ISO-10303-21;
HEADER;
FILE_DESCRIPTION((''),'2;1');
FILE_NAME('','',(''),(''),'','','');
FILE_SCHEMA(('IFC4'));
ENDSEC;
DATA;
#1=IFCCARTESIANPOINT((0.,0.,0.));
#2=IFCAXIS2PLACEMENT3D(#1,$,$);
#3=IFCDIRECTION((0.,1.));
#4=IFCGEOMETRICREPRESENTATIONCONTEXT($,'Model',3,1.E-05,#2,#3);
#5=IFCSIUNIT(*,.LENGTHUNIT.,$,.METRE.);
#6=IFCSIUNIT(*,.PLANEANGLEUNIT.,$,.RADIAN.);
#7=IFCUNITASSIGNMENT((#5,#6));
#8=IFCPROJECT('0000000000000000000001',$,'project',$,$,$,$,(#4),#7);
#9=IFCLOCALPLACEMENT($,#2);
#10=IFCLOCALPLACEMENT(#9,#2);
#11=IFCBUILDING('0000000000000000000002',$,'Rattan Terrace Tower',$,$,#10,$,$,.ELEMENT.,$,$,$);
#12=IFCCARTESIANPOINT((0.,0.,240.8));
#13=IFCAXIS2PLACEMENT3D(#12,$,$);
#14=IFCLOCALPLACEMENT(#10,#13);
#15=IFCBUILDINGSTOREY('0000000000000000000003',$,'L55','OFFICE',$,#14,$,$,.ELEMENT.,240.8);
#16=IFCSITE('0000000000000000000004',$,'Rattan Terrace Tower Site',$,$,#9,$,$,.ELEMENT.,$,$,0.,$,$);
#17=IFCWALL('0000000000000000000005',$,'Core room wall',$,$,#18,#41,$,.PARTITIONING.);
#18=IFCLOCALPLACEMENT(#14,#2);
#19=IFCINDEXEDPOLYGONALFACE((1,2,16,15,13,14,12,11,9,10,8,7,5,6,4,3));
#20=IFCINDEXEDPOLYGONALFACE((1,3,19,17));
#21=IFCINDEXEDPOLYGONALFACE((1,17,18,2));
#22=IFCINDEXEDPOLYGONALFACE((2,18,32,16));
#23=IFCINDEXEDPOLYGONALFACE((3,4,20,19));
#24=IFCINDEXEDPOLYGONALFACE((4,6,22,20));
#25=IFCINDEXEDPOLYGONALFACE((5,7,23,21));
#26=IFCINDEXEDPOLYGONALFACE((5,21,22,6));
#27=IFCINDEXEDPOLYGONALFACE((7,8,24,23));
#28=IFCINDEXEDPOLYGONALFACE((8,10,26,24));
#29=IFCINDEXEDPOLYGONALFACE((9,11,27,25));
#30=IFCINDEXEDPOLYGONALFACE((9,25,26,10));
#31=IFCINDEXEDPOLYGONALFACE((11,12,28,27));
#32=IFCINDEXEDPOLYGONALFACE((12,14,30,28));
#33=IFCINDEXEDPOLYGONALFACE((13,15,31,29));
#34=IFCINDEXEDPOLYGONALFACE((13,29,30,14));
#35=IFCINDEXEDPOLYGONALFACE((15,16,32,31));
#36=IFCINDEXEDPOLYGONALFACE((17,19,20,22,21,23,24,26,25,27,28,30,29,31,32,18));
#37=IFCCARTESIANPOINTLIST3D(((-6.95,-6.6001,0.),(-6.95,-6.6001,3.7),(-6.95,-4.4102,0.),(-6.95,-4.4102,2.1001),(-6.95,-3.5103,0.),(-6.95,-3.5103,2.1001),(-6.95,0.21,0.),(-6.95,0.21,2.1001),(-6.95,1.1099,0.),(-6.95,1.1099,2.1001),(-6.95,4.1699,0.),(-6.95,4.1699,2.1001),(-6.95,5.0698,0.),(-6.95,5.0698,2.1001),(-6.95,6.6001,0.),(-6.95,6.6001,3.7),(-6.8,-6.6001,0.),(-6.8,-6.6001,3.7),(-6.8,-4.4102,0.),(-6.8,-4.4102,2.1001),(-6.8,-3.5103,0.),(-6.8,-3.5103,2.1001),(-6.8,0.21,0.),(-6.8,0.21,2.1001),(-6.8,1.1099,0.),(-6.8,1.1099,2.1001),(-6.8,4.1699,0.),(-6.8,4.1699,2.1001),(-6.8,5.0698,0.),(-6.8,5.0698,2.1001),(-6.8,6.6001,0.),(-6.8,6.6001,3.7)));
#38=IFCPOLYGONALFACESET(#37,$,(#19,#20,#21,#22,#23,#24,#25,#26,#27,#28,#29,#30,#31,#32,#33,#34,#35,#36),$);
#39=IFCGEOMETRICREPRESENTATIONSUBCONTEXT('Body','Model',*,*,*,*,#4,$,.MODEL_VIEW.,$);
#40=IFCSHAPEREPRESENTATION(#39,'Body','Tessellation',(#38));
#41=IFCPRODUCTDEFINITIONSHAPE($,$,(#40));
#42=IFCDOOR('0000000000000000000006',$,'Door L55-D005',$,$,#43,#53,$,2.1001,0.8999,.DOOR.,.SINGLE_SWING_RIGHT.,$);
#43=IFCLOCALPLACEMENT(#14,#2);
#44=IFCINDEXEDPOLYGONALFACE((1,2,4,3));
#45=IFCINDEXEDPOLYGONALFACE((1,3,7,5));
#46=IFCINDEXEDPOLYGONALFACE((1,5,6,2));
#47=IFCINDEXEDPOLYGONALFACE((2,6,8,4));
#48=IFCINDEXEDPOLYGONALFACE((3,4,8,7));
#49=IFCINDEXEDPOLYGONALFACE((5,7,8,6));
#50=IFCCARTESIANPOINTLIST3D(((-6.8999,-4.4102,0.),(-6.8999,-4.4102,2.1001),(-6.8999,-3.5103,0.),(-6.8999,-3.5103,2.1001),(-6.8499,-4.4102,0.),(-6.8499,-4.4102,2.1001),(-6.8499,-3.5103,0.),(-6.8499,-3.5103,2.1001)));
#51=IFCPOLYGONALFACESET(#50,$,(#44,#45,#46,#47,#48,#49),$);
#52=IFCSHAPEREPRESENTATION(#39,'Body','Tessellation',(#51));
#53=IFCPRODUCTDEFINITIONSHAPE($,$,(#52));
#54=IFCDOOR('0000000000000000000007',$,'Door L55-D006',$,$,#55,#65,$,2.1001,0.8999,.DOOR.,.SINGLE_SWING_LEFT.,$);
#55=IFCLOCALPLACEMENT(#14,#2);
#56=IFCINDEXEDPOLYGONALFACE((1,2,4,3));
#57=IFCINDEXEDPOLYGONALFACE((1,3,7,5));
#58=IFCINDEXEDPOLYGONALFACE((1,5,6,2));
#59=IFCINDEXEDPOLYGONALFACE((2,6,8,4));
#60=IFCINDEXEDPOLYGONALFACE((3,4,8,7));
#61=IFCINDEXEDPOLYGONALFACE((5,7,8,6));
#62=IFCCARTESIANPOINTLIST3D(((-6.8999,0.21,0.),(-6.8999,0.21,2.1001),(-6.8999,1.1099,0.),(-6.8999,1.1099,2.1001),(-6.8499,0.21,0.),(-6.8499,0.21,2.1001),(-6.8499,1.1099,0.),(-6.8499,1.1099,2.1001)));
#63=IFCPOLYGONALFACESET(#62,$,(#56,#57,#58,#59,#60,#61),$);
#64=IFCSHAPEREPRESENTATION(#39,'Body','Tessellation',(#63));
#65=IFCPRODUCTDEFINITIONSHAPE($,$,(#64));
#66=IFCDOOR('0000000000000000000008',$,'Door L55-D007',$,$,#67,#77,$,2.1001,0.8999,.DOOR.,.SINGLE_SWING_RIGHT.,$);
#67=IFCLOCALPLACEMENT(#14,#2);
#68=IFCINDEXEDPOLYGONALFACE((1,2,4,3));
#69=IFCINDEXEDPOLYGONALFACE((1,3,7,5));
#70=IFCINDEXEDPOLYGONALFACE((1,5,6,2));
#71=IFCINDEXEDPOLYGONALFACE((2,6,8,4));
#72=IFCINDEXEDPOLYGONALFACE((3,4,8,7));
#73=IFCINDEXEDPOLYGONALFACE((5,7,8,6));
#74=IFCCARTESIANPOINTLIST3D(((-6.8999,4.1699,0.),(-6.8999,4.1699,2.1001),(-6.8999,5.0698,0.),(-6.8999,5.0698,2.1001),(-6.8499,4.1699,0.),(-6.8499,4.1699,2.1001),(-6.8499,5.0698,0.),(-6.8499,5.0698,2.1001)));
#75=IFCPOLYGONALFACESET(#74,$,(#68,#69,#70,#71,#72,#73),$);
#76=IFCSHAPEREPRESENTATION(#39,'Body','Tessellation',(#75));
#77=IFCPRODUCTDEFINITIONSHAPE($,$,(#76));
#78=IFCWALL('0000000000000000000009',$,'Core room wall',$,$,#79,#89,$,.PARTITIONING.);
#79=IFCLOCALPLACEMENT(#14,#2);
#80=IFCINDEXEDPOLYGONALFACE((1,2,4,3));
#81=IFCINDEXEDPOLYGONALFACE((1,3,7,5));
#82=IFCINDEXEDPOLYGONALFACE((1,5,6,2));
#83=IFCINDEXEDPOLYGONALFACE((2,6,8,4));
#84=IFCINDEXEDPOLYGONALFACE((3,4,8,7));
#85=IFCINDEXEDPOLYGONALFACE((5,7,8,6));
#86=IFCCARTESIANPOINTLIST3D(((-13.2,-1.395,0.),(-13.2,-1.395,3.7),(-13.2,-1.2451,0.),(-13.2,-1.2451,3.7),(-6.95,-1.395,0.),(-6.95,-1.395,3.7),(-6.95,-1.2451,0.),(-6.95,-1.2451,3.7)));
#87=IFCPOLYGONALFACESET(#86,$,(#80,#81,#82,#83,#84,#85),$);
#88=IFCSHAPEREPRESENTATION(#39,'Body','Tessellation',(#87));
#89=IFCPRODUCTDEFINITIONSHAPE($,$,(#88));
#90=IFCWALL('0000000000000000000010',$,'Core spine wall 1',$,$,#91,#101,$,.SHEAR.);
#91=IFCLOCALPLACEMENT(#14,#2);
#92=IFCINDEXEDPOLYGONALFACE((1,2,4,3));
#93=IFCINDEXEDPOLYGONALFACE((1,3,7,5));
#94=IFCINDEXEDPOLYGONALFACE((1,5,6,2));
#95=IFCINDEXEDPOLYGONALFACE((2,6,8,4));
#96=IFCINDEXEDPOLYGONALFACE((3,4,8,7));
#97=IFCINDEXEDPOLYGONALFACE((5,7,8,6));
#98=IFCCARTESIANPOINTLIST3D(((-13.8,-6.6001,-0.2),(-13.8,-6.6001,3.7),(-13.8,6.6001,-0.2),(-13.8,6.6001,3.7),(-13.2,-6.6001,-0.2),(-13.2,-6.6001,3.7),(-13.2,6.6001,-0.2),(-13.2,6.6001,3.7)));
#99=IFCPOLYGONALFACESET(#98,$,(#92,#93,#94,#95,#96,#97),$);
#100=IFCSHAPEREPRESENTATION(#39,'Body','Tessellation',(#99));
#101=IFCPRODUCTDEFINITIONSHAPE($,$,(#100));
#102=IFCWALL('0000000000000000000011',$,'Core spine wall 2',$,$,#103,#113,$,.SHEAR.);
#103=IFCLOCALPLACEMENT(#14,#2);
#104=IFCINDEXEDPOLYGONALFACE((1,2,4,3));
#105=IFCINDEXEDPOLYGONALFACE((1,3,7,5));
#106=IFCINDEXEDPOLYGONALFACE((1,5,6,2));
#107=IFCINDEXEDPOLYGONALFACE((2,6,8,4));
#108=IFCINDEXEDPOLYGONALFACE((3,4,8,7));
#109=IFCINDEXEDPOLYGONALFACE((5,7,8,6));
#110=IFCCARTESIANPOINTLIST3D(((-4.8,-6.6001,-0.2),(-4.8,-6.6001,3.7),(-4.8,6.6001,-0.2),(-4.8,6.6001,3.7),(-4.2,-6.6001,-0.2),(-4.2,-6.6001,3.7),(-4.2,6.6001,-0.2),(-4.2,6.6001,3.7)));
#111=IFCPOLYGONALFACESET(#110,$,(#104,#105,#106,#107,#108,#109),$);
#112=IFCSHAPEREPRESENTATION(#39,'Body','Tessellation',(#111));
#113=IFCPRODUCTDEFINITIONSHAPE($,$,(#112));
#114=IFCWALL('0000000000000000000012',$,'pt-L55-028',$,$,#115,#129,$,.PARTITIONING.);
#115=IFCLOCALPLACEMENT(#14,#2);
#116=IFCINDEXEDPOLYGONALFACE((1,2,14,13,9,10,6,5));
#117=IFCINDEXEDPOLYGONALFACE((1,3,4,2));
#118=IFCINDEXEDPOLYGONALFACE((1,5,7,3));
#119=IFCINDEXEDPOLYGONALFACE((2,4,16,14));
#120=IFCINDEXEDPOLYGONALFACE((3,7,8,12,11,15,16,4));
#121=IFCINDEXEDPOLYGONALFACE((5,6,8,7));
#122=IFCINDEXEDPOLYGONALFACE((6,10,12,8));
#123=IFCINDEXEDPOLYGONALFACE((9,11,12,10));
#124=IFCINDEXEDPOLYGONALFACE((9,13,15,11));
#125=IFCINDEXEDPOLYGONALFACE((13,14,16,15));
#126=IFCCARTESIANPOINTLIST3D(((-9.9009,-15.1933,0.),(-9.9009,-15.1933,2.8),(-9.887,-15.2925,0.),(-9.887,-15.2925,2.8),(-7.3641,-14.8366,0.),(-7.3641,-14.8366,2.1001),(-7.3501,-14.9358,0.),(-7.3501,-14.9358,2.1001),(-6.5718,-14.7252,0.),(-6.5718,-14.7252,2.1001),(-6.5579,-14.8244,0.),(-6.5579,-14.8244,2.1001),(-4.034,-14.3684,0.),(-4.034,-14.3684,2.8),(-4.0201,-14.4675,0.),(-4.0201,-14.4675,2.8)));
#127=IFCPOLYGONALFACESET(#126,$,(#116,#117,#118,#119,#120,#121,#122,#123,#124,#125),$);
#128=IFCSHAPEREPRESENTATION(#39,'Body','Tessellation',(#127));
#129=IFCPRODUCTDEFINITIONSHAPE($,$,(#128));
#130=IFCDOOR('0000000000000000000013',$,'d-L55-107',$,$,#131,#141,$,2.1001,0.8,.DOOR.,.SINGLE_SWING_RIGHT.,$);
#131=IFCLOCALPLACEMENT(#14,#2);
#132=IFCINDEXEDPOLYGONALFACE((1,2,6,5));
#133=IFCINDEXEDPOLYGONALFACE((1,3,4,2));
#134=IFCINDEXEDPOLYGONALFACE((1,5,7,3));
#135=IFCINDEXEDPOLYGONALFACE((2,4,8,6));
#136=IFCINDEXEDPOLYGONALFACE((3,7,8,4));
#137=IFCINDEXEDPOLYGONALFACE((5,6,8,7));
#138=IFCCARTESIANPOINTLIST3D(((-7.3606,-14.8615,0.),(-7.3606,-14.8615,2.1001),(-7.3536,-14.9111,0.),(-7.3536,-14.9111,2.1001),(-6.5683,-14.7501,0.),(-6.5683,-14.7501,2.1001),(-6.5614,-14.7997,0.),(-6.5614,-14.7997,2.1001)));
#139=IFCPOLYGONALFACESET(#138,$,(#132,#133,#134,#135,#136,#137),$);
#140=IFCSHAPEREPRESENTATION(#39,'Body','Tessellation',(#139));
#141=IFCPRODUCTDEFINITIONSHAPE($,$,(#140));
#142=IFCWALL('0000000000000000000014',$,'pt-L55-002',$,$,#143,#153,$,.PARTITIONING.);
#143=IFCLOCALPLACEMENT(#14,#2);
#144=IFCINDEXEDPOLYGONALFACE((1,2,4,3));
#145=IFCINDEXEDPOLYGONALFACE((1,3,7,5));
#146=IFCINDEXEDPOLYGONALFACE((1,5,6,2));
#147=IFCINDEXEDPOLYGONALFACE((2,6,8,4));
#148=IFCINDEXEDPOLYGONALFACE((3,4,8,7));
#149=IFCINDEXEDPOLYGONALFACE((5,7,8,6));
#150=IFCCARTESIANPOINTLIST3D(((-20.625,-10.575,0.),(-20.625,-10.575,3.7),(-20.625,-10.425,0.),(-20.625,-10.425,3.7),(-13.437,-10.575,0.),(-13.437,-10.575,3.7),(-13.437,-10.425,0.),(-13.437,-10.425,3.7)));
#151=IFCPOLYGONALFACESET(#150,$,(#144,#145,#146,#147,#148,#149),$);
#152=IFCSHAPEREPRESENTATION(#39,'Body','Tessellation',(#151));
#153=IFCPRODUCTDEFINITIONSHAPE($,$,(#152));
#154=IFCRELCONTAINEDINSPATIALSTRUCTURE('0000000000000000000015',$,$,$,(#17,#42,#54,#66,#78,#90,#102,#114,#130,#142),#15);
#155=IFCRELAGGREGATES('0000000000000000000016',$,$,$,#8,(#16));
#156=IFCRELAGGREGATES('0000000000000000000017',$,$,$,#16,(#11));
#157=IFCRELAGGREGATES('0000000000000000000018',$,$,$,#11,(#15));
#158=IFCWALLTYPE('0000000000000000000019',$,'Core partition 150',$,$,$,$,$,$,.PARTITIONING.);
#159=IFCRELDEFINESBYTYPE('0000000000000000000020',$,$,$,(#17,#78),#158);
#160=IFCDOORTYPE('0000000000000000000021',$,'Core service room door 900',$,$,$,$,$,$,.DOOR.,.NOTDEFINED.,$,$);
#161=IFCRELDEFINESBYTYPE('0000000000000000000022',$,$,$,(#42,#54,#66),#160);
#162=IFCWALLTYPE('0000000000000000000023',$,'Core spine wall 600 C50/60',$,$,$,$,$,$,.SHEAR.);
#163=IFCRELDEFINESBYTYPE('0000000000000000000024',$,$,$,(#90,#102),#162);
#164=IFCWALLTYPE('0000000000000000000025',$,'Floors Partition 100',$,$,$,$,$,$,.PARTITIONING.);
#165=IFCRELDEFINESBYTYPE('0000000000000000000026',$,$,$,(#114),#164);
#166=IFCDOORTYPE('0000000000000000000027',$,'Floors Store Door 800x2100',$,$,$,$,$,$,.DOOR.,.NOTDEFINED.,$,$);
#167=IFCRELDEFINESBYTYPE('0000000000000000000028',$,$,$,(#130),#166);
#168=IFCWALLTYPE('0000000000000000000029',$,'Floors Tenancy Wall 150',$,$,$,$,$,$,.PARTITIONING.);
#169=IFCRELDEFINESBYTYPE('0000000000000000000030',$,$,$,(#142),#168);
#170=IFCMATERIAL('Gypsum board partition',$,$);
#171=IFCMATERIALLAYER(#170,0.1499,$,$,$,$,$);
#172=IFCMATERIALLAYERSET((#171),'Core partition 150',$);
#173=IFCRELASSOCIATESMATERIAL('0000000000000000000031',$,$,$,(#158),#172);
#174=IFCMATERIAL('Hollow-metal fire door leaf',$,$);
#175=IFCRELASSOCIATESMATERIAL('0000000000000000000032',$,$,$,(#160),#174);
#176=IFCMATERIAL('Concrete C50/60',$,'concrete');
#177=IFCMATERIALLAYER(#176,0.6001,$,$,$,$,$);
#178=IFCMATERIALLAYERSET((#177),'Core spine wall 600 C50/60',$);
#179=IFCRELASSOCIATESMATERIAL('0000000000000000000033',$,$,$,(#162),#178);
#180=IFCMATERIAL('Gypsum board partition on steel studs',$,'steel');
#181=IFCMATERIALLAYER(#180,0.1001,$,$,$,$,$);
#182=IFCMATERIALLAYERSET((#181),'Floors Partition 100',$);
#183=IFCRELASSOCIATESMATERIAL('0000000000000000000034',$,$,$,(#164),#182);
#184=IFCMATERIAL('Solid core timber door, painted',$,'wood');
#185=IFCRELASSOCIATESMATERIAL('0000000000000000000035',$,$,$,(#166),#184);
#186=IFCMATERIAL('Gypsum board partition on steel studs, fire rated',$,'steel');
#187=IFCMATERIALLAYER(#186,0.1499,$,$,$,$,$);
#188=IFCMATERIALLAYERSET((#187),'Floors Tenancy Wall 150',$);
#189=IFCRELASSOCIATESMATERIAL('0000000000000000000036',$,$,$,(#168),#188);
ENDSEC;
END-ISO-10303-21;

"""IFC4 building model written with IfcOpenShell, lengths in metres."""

from ifc_helpers import new_model, si_unit, direction, frame, frame_2d, origin, place, context, subcontext, project, spatial, rectangle, extrude, material, layer, layer_set, type_object, element, fill, save


model = new_model("IFC4")

# Units and contexts
model_context = context("Model", 3, precision=1e-05, world=origin(), true_north=direction((0.0, 1.0)))
body_context = subcontext(model_context, "Body", "Model", "MODEL_VIEW")
ifc_project = project(units=[si_unit("LENGTHUNIT", "METRE"), si_unit("PLANEANGLEUNIT", "RADIAN")], contexts=[model_context])

# Site, building, storey
site_placement = place(None, origin())
site = spatial("IfcSite", under=ifc_project, at=site_placement, Name="Rattan Terrace Tower Site", CompositionType="ELEMENT", RefElevation=0.0)
building_placement = place(site_placement, origin())
building = spatial("IfcBuilding", under=site, at=building_placement, Name="Rattan Terrace Tower", CompositionType="ELEMENT")
storey_placement = place(building_placement, frame((0.0, 0.0, 240.8)))
storey = spatial("IfcBuildingStorey", under=building, at=storey_placement, Name="L55", Description="OFFICE", CompositionType="ELEMENT", Elevation=240.8)

# Wall, openings, doors
ifc_material_1 = material(Name="Gypsum board partition")
ifc_layer_1 = layer(ifc_material_1, 0.1499)
ifc_layer_set_1 = layer_set([ifc_layer_1], Name="Core partition 150")
wall_type_1 = type_object("IfcWallType", Name="Core partition 150", PredefinedType="PARTITIONING", material=ifc_layer_set_1)
wall_1_placement = place(storey_placement, frame((-6.875, -6.6001, 0.0), z_axis=(0.0, 0.0, 1.0), x_axis=(0.0, 1.0, 0.0)))
wall_1 = element("IfcWall", 1, at=wall_1_placement, inside=storey, type_object=wall_type_1, Name="Core room wall", PredefinedType="PARTITIONING", context=body_context, shape_type="SweptSolid", body=[
    extrude(rectangle(XDim=13.2002, YDim=0.1499, at=frame_2d((6.6001, 0.0))), origin(), (0.0, 0.0, 1.0), 3.7),
])
opening_1_placement = place(wall_1_placement, frame((2.1899, 0.0, 0.0)))
opening_1 = element("IfcOpeningElement", 2, at=opening_1_placement, cuts=wall_1, PredefinedType="OPENING", context=body_context, shape_type="SweptSolid", body=[
    extrude(rectangle(XDim=0.8999, YDim=2.1001, at=frame_2d((0.45, 1.05))), frame((0.0, 0.0854, 0.0), z_axis=(0.0, -1.0, 0.0), x_axis=(1.0, 0.0, 0.0)), (0.0, 0.0, 1.0), 0.1709),
])
opening_2_placement = place(wall_1_placement, frame((6.8101, 0.0, 0.0)))
opening_2 = element("IfcOpeningElement", 3, at=opening_2_placement, cuts=wall_1, PredefinedType="OPENING", context=body_context, shape_type="SweptSolid", body=[
    extrude(rectangle(XDim=0.8999, YDim=2.1001, at=frame_2d((0.45, 1.05))), frame((0.0, 0.0854, 0.0), z_axis=(0.0, -1.0, 0.0), x_axis=(1.0, 0.0, 0.0)), (0.0, 0.0, 1.0), 0.1709),
])
opening_3_placement = place(wall_1_placement, frame((10.77, 0.0, 0.0)))
opening_3 = element("IfcOpeningElement", 4, at=opening_3_placement, cuts=wall_1, PredefinedType="OPENING", context=body_context, shape_type="SweptSolid", body=[
    extrude(rectangle(XDim=0.8999, YDim=2.1001, at=frame_2d((0.45, 1.05))), frame((0.0, 0.0854, 0.0), z_axis=(0.0, -1.0, 0.0), x_axis=(1.0, 0.0, 0.0)), (0.0, 0.0, 1.0), 0.1709),
])
ifc_material_2 = material(Name="Hollow-metal fire door leaf")
door_type_1 = type_object("IfcDoorType", Name="Core service room door 900", OperationType="NOTDEFINED", PredefinedType="DOOR", material=ifc_material_2)
door_1_placement = place(opening_1_placement, origin())
door_1 = element("IfcDoor", 5, at=door_1_placement, inside=storey, type_object=door_type_1, Name="Door L55-D005", OperationType="SINGLE_SWING_RIGHT", OverallHeight=2.1001, OverallWidth=0.8999, PredefinedType="DOOR", context=body_context, shape_type="SweptSolid", body=[
    extrude(rectangle(XDim=0.8999, YDim=2.1001, at=frame_2d((0.45, 1.05))), frame((0.0, 0.0249, 0.0), z_axis=(0.0, -1.0, 0.0), x_axis=(1.0, 0.0, 0.0)), (0.0, 0.0, 1.0), 0.05),
])
fill(opening_1, door_1)
door_2_placement = place(opening_2_placement, origin())
door_2 = element("IfcDoor", 6, at=door_2_placement, inside=storey, type_object=door_type_1, Name="Door L55-D006", OperationType="SINGLE_SWING_LEFT", OverallHeight=2.1001, OverallWidth=0.8999, PredefinedType="DOOR", context=body_context, shape_type="SweptSolid", body=[
    extrude(rectangle(XDim=0.8999, YDim=2.1001, at=frame_2d((0.45, 1.05))), frame((0.0, 0.0249, 0.0), z_axis=(0.0, -1.0, 0.0), x_axis=(1.0, 0.0, 0.0)), (0.0, 0.0, 1.0), 0.05),
])
fill(opening_2, door_2)
door_3_placement = place(opening_3_placement, origin())
door_3 = element("IfcDoor", 7, at=door_3_placement, inside=storey, type_object=door_type_1, Name="Door L55-D007", OperationType="SINGLE_SWING_RIGHT", OverallHeight=2.1001, OverallWidth=0.8999, PredefinedType="DOOR", context=body_context, shape_type="SweptSolid", body=[
    extrude(rectangle(XDim=0.8999, YDim=2.1001, at=frame_2d((0.45, 1.05))), frame((0.0, 0.0249, 0.0), z_axis=(0.0, -1.0, 0.0), x_axis=(1.0, 0.0, 0.0)), (0.0, 0.0, 1.0), 0.05),
])
fill(opening_3, door_3)

# Walls
wall_2_placement = place(storey_placement, frame((-13.2, -1.3201, 0.0), z_axis=(0.0, 0.0, 1.0), x_axis=(1.0, 0.0, 0.0)))
element("IfcWall", 8, at=wall_2_placement, inside=storey, type_object=wall_type_1, Name="Core room wall", PredefinedType="PARTITIONING", context=body_context, shape_type="SweptSolid", body=[
    extrude(rectangle(XDim=6.25, YDim=0.1499, at=frame_2d((3.125, 0.0))), origin(), (0.0, 0.0, 1.0), 3.7),
])
ifc_material_3 = material(Name="Concrete C50/60", Category="concrete")
ifc_layer_2 = layer(ifc_material_3, 0.6001)
ifc_layer_set_2 = layer_set([ifc_layer_2], Name="Core spine wall 600 C50/60")
wall_type_2 = type_object("IfcWallType", Name="Core spine wall 600 C50/60", PredefinedType="SHEAR", material=ifc_layer_set_2)
for number, where, z_axis, x_axis, name in (
    (9, (-13.5, -6.6001, -0.2), (0.0, 0.0, 1.0), (0.0, 1.0, 0.0), "Core spine wall 1"),
    (10, (-4.5, -6.6001, -0.2), (0.0, 0.0, 1.0), (0.0, 1.0, 0.0), "Core spine wall 2"),
):
    element("IfcWall", number, at=place(storey_placement, frame(where, z_axis=z_axis, x_axis=x_axis)), inside=storey, type_object=wall_type_2, Name=name, PredefinedType="SHEAR", context=body_context, shape_type="SweptSolid", body=[
        extrude(rectangle(XDim=13.2002, YDim=0.6001, at=frame_2d((6.6001, 0.0))), origin(), (0.0, 0.0, 1.0), 3.8999),
    ])

# Wall, opening, door
ifc_material_4 = material(Name="Gypsum board partition on steel studs", Category="steel")
ifc_layer_3 = layer(ifc_material_4, 0.1001)
ifc_layer_set_3 = layer_set([ifc_layer_3], Name="Floors Partition 100")
wall_type_3 = type_object("IfcWallType", Name="Floors Partition 100", PredefinedType="PARTITIONING", material=ifc_layer_set_3)
wall_3_placement = place(storey_placement, frame((-9.894, -15.2429, 0.0), z_axis=(0.0, 0.0, 1.0), x_axis=(0.990259, 0.13924, 0.0)))
wall_3 = element("IfcWall", 11, at=wall_3_placement, inside=storey, type_object=wall_type_3, Name="pt-L55-028", PredefinedType="PARTITIONING", context=body_context, shape_type="SweptSolid", body=[
    extrude(rectangle(XDim=5.9246, YDim=0.1001, at=frame_2d((2.9624, 0.0))), origin(), (0.0, 0.0, 1.0), 2.8),
])
opening_4_placement = place(wall_3_placement, frame((2.562, 0.0, 0.0)))
opening_4 = element("IfcOpeningElement", 12, at=opening_4_placement, cuts=wall_3, PredefinedType="OPENING", context=body_context, shape_type="SweptSolid", body=[
    extrude(rectangle(XDim=0.8, YDim=2.1001, at=frame_2d((0.3999, 1.05))), frame((0.0, 0.0605, 0.0), z_axis=(0.0, -1.0, 0.0), x_axis=(1.0, 0.0, 0.0)), (0.0, 0.0, 1.0), 0.1211),
])
ifc_material_5 = material(Name="Solid core timber door, painted", Category="wood")
door_type_2 = type_object("IfcDoorType", Name="Floors Store Door 800x2100", OperationType="NOTDEFINED", PredefinedType="DOOR", material=ifc_material_5)
door_4_placement = place(opening_4_placement, origin())
door_4 = element("IfcDoor", 13, at=door_4_placement, inside=storey, type_object=door_type_2, Name="d-L55-107", OperationType="SINGLE_SWING_RIGHT", OverallHeight=2.1001, OverallWidth=0.8, PredefinedType="DOOR", context=body_context, shape_type="SweptSolid", body=[
    extrude(rectangle(XDim=0.8, YDim=2.1001, at=frame_2d((0.3999, 1.05))), frame((0.0, 0.0249, 0.0), z_axis=(0.0, -1.0, 0.0), x_axis=(1.0, 0.0, 0.0)), (0.0, 0.0, 1.0), 0.05),
])
fill(opening_4, door_4)

# Wall
ifc_material_6 = material(Name="Gypsum board partition on steel studs, fire rated", Category="steel")
ifc_layer_4 = layer(ifc_material_6, 0.1499)
ifc_layer_set_4 = layer_set([ifc_layer_4], Name="Floors Tenancy Wall 150")
wall_type_4 = type_object("IfcWallType", Name="Floors Tenancy Wall 150", PredefinedType="PARTITIONING", material=ifc_layer_set_4)
wall_4_placement = place(storey_placement, frame((-13.437, -10.5, 0.0), z_axis=(0.0, 0.0, 1.0), x_axis=(-1.0, 0.0, 0.0)))
element("IfcWall", 14, at=wall_4_placement, inside=storey, type_object=wall_type_4, Name="pt-L55-002", PredefinedType="PARTITIONING", context=body_context, shape_type="SweptSolid", body=[
    extrude(rectangle(XDim=7.188, YDim=0.1499, at=frame_2d((3.594, 0.0))), origin(), (0.0, 0.0, 1.0), 3.7),
])

save(model, "model.ifc")
